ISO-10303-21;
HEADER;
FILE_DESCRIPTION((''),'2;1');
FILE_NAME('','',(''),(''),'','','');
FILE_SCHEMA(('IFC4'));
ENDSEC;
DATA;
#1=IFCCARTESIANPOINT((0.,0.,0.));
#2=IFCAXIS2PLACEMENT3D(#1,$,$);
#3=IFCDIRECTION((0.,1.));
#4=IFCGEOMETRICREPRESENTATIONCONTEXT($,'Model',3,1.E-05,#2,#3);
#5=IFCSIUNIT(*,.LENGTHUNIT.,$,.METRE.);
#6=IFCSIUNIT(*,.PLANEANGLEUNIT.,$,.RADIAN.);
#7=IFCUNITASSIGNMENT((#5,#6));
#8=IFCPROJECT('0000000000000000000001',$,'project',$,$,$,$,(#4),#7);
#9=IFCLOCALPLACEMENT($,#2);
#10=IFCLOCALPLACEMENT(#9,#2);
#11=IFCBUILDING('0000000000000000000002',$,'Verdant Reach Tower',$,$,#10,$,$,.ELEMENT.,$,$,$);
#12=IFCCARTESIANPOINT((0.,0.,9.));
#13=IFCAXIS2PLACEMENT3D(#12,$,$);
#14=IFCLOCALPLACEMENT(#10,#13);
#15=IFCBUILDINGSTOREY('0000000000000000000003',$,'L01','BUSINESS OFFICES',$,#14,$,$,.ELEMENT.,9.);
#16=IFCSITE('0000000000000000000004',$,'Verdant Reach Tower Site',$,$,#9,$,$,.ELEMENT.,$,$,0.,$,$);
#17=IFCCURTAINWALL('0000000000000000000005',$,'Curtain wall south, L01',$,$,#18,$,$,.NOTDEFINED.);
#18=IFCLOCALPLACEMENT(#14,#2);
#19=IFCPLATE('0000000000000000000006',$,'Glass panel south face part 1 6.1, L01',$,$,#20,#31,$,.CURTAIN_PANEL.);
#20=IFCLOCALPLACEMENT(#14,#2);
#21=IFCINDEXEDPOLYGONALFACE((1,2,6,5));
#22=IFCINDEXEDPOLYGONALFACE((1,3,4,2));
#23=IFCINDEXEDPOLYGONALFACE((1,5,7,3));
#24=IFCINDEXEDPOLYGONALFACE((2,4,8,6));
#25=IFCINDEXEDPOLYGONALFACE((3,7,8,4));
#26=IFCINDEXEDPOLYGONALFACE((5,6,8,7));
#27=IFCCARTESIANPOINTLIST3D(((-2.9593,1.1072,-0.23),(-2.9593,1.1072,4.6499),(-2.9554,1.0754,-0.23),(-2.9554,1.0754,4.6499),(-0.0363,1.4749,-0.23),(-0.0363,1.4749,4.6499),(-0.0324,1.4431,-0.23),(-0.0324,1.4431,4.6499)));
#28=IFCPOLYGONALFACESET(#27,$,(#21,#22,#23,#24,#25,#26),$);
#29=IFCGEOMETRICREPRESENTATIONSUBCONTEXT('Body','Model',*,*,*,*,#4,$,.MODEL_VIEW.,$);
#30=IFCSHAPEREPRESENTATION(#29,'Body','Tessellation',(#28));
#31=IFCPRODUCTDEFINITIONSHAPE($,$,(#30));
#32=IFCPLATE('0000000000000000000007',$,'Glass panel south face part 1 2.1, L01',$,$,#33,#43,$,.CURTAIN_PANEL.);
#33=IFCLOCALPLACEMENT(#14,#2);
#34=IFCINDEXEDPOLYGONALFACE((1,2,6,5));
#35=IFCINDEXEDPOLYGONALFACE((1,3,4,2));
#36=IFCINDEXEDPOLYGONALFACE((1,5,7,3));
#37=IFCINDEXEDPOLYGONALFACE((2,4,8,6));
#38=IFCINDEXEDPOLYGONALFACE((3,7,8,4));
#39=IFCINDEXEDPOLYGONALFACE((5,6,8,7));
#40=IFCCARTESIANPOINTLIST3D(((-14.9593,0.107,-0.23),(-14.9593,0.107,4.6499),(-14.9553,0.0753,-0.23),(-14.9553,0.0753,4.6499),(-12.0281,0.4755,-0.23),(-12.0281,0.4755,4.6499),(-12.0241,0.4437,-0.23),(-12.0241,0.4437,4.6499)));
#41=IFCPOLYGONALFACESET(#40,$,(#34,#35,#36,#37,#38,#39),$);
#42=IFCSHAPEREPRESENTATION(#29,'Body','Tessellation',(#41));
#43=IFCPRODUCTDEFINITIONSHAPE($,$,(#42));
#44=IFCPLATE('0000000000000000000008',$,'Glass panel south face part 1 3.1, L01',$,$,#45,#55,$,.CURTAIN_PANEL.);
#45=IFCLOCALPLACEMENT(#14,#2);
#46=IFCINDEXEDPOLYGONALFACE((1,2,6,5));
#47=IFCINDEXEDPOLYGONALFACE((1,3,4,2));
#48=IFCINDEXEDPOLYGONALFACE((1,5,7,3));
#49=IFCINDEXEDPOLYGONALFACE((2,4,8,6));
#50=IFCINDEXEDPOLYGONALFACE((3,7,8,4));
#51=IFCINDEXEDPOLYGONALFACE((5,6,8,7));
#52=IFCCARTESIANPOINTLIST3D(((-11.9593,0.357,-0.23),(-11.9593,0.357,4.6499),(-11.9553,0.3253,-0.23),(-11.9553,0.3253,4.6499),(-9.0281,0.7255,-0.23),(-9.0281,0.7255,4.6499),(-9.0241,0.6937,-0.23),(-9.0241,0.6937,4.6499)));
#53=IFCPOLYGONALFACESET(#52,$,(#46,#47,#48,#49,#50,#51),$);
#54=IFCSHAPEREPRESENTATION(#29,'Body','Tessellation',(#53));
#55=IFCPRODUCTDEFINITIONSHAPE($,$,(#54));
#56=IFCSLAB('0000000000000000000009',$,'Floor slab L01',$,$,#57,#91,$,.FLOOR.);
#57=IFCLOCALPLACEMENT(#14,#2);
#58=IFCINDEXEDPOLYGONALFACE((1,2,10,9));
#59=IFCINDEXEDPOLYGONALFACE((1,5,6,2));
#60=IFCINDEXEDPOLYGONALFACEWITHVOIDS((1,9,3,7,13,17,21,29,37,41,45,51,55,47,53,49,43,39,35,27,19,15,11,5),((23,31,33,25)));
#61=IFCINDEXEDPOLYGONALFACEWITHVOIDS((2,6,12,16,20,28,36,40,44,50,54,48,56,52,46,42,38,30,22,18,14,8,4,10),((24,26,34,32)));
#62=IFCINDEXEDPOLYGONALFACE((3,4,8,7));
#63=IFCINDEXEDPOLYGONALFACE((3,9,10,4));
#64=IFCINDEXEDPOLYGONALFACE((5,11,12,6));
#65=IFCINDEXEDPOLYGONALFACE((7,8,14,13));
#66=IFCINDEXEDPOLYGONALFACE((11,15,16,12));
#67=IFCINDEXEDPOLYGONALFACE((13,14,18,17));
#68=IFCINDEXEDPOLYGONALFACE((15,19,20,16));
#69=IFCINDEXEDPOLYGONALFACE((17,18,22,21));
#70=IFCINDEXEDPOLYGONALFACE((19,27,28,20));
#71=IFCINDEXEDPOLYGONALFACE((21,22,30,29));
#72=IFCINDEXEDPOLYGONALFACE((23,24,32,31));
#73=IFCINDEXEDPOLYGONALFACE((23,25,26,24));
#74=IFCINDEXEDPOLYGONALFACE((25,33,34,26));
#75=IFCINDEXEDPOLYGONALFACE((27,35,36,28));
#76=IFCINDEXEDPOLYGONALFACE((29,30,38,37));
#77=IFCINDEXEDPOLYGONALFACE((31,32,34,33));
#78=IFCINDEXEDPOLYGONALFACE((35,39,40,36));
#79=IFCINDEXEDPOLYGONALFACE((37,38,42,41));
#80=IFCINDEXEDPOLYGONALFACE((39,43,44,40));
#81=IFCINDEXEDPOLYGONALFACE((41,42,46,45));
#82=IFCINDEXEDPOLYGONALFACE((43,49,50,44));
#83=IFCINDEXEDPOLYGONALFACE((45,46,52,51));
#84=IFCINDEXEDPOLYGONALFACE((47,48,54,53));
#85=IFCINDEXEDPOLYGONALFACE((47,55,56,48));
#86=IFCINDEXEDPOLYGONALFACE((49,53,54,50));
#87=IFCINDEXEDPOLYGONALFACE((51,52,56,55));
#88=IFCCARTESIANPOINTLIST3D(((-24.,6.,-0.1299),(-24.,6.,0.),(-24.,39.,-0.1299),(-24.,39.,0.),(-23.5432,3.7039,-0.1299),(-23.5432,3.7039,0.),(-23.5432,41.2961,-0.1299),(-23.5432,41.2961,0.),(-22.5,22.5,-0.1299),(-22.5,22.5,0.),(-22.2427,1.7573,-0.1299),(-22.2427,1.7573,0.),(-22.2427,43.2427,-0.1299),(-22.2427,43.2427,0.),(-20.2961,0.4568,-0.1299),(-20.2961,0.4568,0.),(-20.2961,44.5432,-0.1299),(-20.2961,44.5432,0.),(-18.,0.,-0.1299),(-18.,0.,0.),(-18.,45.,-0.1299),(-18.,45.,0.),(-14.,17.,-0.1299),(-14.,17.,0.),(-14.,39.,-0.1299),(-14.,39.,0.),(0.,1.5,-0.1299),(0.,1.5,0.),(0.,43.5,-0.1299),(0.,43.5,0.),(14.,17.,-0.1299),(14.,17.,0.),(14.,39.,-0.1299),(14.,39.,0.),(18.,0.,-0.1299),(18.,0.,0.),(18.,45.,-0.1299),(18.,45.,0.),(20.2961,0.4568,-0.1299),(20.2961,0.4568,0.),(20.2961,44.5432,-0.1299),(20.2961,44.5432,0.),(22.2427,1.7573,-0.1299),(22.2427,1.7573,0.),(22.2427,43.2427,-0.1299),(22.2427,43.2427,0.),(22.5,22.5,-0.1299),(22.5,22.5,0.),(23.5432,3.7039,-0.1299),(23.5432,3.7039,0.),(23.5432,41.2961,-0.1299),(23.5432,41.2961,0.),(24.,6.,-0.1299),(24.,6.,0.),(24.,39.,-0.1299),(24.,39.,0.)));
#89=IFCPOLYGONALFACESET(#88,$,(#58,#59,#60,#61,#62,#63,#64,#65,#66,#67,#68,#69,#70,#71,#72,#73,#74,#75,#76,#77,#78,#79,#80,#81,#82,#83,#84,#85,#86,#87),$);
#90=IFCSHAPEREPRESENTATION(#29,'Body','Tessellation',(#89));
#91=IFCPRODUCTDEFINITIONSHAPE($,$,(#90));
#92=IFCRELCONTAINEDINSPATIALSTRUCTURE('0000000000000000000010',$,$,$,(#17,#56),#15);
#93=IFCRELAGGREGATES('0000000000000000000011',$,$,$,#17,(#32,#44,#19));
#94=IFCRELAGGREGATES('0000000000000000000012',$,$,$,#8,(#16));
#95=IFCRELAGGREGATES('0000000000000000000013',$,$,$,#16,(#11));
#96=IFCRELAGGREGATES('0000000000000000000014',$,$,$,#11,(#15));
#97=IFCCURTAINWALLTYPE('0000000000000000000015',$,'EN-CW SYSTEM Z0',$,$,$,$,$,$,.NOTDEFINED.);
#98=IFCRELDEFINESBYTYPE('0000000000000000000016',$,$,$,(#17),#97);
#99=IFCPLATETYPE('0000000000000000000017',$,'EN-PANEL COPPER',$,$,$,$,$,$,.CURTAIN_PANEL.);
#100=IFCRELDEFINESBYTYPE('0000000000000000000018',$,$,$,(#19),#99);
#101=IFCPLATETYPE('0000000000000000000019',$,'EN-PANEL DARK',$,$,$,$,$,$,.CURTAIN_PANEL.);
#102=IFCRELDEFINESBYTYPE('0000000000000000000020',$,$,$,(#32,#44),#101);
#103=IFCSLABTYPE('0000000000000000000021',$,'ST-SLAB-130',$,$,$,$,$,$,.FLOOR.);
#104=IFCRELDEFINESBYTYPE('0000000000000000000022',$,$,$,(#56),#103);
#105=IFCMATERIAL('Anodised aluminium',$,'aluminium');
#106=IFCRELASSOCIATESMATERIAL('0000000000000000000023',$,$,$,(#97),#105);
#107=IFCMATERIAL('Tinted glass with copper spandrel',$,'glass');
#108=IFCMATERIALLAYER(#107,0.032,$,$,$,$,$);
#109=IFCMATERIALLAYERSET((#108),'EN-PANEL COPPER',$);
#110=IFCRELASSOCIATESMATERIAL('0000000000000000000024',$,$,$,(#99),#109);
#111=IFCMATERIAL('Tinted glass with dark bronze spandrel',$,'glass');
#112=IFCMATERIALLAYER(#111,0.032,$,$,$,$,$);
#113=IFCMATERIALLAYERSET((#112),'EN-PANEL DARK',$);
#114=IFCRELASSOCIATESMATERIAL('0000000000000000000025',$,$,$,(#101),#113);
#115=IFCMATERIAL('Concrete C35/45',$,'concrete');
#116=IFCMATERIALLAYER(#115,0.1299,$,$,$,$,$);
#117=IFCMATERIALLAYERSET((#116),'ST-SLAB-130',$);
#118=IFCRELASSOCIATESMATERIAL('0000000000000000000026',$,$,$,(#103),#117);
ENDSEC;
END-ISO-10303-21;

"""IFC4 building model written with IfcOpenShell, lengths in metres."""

from ifc_helpers import new_model, si_unit, direction, frame, origin, origin_2d, place, context, subcontext, project, spatial, polyline, rectangle, outline, extrude, material, layer, layer_set, type_object, element, aggregate, save


model = new_model("IFC4")

# Units and contexts
model_context = context("Model", 3, precision=1e-05, world=origin(), true_north=direction((0.0, 1.0)))
body_context = subcontext(model_context, "Body", "Model", "MODEL_VIEW")
ifc_project = project(units=[si_unit("LENGTHUNIT", "METRE"), si_unit("PLANEANGLEUNIT", "RADIAN")], contexts=[model_context])

# Site, building, storey
site_placement = place(None, origin())
site = spatial("IfcSite", under=ifc_project, at=site_placement, Name="Verdant Reach Tower Site", CompositionType="ELEMENT", RefElevation=0.0)
building_placement = place(site_placement, origin())
building = spatial("IfcBuilding", under=site, at=building_placement, Name="Verdant Reach Tower", CompositionType="ELEMENT")
storey_placement = place(building_placement, frame((0.0, 0.0, 9.0)))
storey = spatial("IfcBuildingStorey", under=building, at=storey_placement, Name="L01", Description="BUSINESS OFFICES", CompositionType="ELEMENT", Elevation=9.0)

# Curtain wall
ifc_material_1 = material(Name="Anodised aluminium", Category="aluminium")
curtain_wall_type = type_object("IfcCurtainWallType", Name="EN-CW SYSTEM Z0", PredefinedType="NOTDEFINED", material=ifc_material_1)
curtain_wall_placement = place(storey_placement, origin())
curtain_wall = element("IfcCurtainWall", 1, at=curtain_wall_placement, inside=storey, type_object=curtain_wall_type, Name="Curtain wall south, L01", PredefinedType="NOTDEFINED")

# Plates
ifc_material_2 = material(Name="Tinted glass with copper spandrel", Category="glass")
ifc_layer_1 = layer(ifc_material_2, 0.032)
ifc_layer_set_1 = layer_set([ifc_layer_1], Name="EN-PANEL COPPER")
plate_type_1 = type_object("IfcPlateType", Name="EN-PANEL COPPER", PredefinedType="CURTAIN_PANEL", material=ifc_layer_set_1)
plate_1_placement = place(storey_placement, frame((-1.4958, 1.2751, -0.23), z_axis=(0.0, 0.0, 1.0), x_axis=(0.99218, 0.124818, 0.0)))
plate_1 = element("IfcPlate", 2, at=plate_1_placement, type_object=plate_type_1, Name="Glass panel south face part 1 6.1, L01", PredefinedType="CURTAIN_PANEL", context=body_context, shape_type="SweptSolid", body=[
    extrude(rectangle(XDim=2.946, YDim=0.032, at=origin_2d()), origin(), (0.0, 0.0, 1.0), 4.8799),
])
ifc_material_3 = material(Name="Tinted glass with dark bronze spandrel", Category="glass")
ifc_layer_2 = layer(ifc_material_3, 0.032)
ifc_layer_set_2 = layer_set([ifc_layer_2], Name="EN-PANEL DARK")
plate_type_2 = type_object("IfcPlateType", Name="EN-PANEL DARK", PredefinedType="CURTAIN_PANEL", material=ifc_layer_set_2)
plate_2_placement = place(storey_placement, frame((-13.4917, 0.2754, -0.23), z_axis=(0.0, 0.0, 1.0), x_axis=(0.992194, 0.124704, 0.0)))
plate_2 = element("IfcPlate", 3, at=plate_2_placement, type_object=plate_type_2, Name="Glass panel south face part 1 2.1, L01", PredefinedType="CURTAIN_PANEL", context=body_context, shape_type="SweptSolid", body=[
    extrude(rectangle(XDim=2.9543, YDim=0.032, at=origin_2d()), origin(), (0.0, 0.0, 1.0), 4.8799),
])
plate_3_placement = place(storey_placement, frame((-10.4917, 0.5254, -0.23), z_axis=(0.0, 0.0, 1.0), x_axis=(0.992194, 0.124704, 0.0)))
plate_3 = element("IfcPlate", 4, at=plate_3_placement, type_object=plate_type_2, Name="Glass panel south face part 1 3.1, L01", PredefinedType="CURTAIN_PANEL", context=body_context, shape_type="SweptSolid", body=[
    extrude(rectangle(XDim=2.9543, YDim=0.032, at=origin_2d()), origin(), (0.0, 0.0, 1.0), 4.8799),
])
aggregate(curtain_wall, [plate_2, plate_3, plate_1])

# Slab
ifc_material_4 = material(Name="Concrete C35/45", Category="concrete")
ifc_layer_3 = layer(ifc_material_4, 0.1299)
ifc_layer_set_3 = layer_set([ifc_layer_3], Name="ST-SLAB-130")
slab_type_1 = type_object("IfcSlabType", Name="ST-SLAB-130", PredefinedType="FLOOR", material=ifc_layer_set_3)
slab_1_placement = place(storey_placement, frame((0.0, 0.0, -0.1299)))
element("IfcSlab", 5, at=slab_1_placement, inside=storey, type_object=slab_type_1, Name="Floor slab L01", PredefinedType="FLOOR", context=body_context, shape_type="SweptSolid", body=[
    extrude(outline(polyline([(0.0, 1.5), (-18.0, 0.0), (-20.2961, 0.4568), (-22.2427, 1.7573), (-23.5432, 3.7039), (-24.0, 6.0), (-22.5, 22.5), (-24.0, 39.0), (-23.5432, 41.2961), (-22.2427, 43.2427), (-20.2961, 44.5432), (-18.0, 45.0), (0.0, 43.5), (18.0, 45.0), (20.2961, 44.5432), (22.2427, 43.2427), (23.5432, 41.2961), (24.0, 39.0), (22.5, 22.5), (24.0, 6.0), (23.5432, 3.7039), (22.2427, 1.7573), (20.2961, 0.4568), (18.0, 0.0), (0.0, 1.5)]), holes=[polyline([(14.0, 39.0), (-14.0, 39.0), (-14.0, 17.0), (14.0, 17.0), (14.0, 39.0)])]), origin(), (0.0, 0.0, 1.0), 0.1299),
])

save(model, "model.ifc")
